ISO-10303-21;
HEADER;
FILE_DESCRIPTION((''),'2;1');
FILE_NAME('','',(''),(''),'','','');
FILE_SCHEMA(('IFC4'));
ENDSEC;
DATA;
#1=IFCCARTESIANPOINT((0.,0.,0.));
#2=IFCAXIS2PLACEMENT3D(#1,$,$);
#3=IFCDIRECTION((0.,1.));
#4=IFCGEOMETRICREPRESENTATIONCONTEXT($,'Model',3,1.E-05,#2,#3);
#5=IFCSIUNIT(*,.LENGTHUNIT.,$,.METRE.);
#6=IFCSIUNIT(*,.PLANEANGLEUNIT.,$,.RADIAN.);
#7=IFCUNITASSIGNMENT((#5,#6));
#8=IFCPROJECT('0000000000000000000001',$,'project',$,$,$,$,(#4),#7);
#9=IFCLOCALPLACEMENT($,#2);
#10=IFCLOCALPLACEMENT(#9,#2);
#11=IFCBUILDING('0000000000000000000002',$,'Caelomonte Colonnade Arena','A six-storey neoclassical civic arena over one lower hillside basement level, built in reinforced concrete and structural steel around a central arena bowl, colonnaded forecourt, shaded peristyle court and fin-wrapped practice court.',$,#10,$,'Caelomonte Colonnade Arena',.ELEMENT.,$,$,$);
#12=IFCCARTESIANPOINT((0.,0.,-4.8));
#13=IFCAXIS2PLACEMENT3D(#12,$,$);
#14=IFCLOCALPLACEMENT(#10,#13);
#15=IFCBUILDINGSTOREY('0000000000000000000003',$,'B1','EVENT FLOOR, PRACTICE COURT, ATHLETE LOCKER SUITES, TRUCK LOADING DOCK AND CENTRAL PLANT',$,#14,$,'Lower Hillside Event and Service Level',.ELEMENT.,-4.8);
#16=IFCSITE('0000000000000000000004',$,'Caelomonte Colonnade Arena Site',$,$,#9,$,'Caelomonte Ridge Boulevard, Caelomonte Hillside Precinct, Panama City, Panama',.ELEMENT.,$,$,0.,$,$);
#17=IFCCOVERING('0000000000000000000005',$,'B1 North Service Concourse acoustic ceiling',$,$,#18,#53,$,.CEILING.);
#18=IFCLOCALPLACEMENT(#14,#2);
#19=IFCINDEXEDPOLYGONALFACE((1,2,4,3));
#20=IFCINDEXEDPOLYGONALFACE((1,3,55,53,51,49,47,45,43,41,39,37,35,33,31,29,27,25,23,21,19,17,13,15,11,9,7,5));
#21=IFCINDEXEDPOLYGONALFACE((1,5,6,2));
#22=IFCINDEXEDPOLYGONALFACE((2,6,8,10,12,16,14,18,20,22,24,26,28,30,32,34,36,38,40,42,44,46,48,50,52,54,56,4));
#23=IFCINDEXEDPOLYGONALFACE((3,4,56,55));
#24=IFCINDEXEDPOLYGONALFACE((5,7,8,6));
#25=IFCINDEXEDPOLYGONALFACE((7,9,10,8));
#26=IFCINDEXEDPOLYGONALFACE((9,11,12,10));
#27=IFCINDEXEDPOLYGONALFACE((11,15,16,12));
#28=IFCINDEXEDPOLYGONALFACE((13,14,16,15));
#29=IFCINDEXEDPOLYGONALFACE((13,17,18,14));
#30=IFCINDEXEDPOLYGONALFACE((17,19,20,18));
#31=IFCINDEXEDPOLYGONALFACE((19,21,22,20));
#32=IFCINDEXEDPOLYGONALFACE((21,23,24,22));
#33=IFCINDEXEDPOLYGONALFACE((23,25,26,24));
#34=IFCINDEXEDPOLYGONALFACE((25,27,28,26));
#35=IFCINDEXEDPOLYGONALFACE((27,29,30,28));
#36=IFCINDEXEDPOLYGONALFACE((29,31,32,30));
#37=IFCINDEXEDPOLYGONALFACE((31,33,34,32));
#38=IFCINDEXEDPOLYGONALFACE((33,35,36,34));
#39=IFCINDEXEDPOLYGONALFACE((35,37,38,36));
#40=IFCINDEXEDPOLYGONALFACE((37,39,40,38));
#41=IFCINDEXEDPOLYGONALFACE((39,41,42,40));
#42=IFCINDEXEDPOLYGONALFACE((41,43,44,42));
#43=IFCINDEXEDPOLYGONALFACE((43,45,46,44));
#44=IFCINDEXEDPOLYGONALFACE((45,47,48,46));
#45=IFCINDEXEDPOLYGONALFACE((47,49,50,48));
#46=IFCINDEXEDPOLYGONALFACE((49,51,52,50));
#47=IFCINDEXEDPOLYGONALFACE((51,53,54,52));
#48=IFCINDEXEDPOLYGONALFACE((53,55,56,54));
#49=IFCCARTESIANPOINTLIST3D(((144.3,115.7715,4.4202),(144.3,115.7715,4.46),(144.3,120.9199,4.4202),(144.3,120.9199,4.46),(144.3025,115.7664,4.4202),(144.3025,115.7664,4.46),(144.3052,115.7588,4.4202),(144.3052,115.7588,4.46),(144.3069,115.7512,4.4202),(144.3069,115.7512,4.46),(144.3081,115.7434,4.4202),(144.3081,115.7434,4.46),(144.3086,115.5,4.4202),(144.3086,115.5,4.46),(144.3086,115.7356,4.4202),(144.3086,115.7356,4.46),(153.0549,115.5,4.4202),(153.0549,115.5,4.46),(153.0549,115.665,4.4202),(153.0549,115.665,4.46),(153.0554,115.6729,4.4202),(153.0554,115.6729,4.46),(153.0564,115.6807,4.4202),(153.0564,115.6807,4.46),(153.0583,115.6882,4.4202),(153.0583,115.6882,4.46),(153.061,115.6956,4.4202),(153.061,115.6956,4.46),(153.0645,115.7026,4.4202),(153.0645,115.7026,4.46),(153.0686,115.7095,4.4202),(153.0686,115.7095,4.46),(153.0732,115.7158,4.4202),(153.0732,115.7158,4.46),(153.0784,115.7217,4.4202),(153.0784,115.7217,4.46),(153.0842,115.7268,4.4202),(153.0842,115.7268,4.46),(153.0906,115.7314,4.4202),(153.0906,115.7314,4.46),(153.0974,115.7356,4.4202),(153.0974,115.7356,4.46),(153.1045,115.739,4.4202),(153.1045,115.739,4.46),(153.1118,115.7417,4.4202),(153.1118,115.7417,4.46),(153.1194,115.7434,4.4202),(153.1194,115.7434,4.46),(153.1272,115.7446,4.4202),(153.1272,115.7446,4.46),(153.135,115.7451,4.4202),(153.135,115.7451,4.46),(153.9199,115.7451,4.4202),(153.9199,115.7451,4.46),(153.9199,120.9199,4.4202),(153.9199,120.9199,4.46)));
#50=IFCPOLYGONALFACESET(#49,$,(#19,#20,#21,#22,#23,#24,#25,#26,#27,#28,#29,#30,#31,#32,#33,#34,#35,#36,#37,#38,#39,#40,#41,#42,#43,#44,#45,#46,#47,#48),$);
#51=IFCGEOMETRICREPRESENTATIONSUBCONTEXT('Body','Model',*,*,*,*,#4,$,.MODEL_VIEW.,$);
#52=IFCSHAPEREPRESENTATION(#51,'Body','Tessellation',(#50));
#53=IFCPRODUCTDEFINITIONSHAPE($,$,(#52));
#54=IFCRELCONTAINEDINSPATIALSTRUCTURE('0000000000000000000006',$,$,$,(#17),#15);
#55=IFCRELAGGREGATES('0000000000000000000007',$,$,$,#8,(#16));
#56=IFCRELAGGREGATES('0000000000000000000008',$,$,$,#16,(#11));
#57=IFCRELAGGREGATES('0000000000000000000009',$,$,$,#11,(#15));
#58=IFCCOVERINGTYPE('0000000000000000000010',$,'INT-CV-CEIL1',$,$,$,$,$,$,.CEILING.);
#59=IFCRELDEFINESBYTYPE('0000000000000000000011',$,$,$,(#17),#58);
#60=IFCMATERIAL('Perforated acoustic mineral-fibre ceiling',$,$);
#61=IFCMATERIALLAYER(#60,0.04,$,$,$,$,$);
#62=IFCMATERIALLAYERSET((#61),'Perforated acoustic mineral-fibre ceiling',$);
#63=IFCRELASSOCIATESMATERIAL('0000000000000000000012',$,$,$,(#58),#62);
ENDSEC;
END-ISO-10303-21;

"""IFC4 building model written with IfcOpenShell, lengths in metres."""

from ifc_helpers import new_model, si_unit, direction, frame, origin, place, context, subcontext, project, spatial, polyline, outline, extrude, material, layer, layer_set, type_object, element, save


model = new_model("IFC4")

# Units and contexts
model_context = context("Model", 3, precision=1e-05, world=origin(), true_north=direction((0.0, 1.0)))
body_context = subcontext(model_context, "Body", "Model", "MODEL_VIEW")
ifc_project = project(units=[si_unit("LENGTHUNIT", "METRE"), si_unit("PLANEANGLEUNIT", "RADIAN")], contexts=[model_context])

# Site, building, storey
site_placement = place(None, origin())
site = spatial("IfcSite", under=ifc_project, at=site_placement, Name="Caelomonte Colonnade Arena Site", LongName="Caelomonte Ridge Boulevard, Caelomonte Hillside Precinct, Panama City, Panama", CompositionType="ELEMENT", RefElevation=0.0)
building_placement = place(site_placement, origin())
building = spatial("IfcBuilding", under=site, at=building_placement, Name="Caelomonte Colonnade Arena", Description="A six-storey neoclassical civic arena over one lower hillside basement level, built in reinforced concrete and structural steel around a central arena bowl, colonnaded forecourt, shaded peristyle court and fin-wrapped practice court.", LongName="Caelomonte Colonnade Arena", CompositionType="ELEMENT")
storey_placement = place(building_placement, frame((0.0, 0.0, -4.8)))
storey = spatial("IfcBuildingStorey", under=building, at=storey_placement, Name="B1", Description="EVENT FLOOR, PRACTICE COURT, ATHLETE LOCKER SUITES, TRUCK LOADING DOCK AND CENTRAL PLANT", LongName="Lower Hillside Event and Service Level", CompositionType="ELEMENT", Elevation=-4.8)

# Covering
ifc_material_1 = material(Name="Perforated acoustic mineral-fibre ceiling")
ifc_layer_1 = layer(ifc_material_1, 0.04)
ifc_layer_set_1 = layer_set([ifc_layer_1], Name="Perforated acoustic mineral-fibre ceiling")
covering_type = type_object("IfcCoveringType", Name="INT-CV-CEIL1", PredefinedType="CEILING", material=ifc_layer_set_1)
covering_1_placement = place(storey_placement, frame((0.0, 0.0, 4.4202)))
element("IfcCovering", 1, at=covering_1_placement, inside=storey, type_object=covering_type, Name="B1 North Service Concourse acoustic ceiling", PredefinedType="CEILING", context=body_context, shape_type="SweptSolid", body=[
    extrude(outline(polyline([(144.3, 120.9199), (144.3, 115.7715), (144.3025, 115.7664), (144.3052, 115.7588), (144.3069, 115.7512), (144.3081, 115.7434), (144.3086, 115.7356), (144.3086, 115.5), (153.0549, 115.5), (153.0549, 115.665), (153.0554, 115.6729), (153.0564, 115.6807), (153.0583, 115.6882), (153.061, 115.6956), (153.0645, 115.7026), (153.0686, 115.7095), (153.0732, 115.7158), (153.0784, 115.7217), (153.0842, 115.7268), (153.0906, 115.7314), (153.0974, 115.7356), (153.1045, 115.739), (153.1118, 115.7417), (153.1194, 115.7434), (153.1272, 115.7446), (153.135, 115.7451), (153.9199, 115.7451), (153.9199, 120.9199), (144.3, 120.9199)])), origin(), (0.0, 0.0, 1.0), 0.0398),
])

save(model, "model.ifc")
